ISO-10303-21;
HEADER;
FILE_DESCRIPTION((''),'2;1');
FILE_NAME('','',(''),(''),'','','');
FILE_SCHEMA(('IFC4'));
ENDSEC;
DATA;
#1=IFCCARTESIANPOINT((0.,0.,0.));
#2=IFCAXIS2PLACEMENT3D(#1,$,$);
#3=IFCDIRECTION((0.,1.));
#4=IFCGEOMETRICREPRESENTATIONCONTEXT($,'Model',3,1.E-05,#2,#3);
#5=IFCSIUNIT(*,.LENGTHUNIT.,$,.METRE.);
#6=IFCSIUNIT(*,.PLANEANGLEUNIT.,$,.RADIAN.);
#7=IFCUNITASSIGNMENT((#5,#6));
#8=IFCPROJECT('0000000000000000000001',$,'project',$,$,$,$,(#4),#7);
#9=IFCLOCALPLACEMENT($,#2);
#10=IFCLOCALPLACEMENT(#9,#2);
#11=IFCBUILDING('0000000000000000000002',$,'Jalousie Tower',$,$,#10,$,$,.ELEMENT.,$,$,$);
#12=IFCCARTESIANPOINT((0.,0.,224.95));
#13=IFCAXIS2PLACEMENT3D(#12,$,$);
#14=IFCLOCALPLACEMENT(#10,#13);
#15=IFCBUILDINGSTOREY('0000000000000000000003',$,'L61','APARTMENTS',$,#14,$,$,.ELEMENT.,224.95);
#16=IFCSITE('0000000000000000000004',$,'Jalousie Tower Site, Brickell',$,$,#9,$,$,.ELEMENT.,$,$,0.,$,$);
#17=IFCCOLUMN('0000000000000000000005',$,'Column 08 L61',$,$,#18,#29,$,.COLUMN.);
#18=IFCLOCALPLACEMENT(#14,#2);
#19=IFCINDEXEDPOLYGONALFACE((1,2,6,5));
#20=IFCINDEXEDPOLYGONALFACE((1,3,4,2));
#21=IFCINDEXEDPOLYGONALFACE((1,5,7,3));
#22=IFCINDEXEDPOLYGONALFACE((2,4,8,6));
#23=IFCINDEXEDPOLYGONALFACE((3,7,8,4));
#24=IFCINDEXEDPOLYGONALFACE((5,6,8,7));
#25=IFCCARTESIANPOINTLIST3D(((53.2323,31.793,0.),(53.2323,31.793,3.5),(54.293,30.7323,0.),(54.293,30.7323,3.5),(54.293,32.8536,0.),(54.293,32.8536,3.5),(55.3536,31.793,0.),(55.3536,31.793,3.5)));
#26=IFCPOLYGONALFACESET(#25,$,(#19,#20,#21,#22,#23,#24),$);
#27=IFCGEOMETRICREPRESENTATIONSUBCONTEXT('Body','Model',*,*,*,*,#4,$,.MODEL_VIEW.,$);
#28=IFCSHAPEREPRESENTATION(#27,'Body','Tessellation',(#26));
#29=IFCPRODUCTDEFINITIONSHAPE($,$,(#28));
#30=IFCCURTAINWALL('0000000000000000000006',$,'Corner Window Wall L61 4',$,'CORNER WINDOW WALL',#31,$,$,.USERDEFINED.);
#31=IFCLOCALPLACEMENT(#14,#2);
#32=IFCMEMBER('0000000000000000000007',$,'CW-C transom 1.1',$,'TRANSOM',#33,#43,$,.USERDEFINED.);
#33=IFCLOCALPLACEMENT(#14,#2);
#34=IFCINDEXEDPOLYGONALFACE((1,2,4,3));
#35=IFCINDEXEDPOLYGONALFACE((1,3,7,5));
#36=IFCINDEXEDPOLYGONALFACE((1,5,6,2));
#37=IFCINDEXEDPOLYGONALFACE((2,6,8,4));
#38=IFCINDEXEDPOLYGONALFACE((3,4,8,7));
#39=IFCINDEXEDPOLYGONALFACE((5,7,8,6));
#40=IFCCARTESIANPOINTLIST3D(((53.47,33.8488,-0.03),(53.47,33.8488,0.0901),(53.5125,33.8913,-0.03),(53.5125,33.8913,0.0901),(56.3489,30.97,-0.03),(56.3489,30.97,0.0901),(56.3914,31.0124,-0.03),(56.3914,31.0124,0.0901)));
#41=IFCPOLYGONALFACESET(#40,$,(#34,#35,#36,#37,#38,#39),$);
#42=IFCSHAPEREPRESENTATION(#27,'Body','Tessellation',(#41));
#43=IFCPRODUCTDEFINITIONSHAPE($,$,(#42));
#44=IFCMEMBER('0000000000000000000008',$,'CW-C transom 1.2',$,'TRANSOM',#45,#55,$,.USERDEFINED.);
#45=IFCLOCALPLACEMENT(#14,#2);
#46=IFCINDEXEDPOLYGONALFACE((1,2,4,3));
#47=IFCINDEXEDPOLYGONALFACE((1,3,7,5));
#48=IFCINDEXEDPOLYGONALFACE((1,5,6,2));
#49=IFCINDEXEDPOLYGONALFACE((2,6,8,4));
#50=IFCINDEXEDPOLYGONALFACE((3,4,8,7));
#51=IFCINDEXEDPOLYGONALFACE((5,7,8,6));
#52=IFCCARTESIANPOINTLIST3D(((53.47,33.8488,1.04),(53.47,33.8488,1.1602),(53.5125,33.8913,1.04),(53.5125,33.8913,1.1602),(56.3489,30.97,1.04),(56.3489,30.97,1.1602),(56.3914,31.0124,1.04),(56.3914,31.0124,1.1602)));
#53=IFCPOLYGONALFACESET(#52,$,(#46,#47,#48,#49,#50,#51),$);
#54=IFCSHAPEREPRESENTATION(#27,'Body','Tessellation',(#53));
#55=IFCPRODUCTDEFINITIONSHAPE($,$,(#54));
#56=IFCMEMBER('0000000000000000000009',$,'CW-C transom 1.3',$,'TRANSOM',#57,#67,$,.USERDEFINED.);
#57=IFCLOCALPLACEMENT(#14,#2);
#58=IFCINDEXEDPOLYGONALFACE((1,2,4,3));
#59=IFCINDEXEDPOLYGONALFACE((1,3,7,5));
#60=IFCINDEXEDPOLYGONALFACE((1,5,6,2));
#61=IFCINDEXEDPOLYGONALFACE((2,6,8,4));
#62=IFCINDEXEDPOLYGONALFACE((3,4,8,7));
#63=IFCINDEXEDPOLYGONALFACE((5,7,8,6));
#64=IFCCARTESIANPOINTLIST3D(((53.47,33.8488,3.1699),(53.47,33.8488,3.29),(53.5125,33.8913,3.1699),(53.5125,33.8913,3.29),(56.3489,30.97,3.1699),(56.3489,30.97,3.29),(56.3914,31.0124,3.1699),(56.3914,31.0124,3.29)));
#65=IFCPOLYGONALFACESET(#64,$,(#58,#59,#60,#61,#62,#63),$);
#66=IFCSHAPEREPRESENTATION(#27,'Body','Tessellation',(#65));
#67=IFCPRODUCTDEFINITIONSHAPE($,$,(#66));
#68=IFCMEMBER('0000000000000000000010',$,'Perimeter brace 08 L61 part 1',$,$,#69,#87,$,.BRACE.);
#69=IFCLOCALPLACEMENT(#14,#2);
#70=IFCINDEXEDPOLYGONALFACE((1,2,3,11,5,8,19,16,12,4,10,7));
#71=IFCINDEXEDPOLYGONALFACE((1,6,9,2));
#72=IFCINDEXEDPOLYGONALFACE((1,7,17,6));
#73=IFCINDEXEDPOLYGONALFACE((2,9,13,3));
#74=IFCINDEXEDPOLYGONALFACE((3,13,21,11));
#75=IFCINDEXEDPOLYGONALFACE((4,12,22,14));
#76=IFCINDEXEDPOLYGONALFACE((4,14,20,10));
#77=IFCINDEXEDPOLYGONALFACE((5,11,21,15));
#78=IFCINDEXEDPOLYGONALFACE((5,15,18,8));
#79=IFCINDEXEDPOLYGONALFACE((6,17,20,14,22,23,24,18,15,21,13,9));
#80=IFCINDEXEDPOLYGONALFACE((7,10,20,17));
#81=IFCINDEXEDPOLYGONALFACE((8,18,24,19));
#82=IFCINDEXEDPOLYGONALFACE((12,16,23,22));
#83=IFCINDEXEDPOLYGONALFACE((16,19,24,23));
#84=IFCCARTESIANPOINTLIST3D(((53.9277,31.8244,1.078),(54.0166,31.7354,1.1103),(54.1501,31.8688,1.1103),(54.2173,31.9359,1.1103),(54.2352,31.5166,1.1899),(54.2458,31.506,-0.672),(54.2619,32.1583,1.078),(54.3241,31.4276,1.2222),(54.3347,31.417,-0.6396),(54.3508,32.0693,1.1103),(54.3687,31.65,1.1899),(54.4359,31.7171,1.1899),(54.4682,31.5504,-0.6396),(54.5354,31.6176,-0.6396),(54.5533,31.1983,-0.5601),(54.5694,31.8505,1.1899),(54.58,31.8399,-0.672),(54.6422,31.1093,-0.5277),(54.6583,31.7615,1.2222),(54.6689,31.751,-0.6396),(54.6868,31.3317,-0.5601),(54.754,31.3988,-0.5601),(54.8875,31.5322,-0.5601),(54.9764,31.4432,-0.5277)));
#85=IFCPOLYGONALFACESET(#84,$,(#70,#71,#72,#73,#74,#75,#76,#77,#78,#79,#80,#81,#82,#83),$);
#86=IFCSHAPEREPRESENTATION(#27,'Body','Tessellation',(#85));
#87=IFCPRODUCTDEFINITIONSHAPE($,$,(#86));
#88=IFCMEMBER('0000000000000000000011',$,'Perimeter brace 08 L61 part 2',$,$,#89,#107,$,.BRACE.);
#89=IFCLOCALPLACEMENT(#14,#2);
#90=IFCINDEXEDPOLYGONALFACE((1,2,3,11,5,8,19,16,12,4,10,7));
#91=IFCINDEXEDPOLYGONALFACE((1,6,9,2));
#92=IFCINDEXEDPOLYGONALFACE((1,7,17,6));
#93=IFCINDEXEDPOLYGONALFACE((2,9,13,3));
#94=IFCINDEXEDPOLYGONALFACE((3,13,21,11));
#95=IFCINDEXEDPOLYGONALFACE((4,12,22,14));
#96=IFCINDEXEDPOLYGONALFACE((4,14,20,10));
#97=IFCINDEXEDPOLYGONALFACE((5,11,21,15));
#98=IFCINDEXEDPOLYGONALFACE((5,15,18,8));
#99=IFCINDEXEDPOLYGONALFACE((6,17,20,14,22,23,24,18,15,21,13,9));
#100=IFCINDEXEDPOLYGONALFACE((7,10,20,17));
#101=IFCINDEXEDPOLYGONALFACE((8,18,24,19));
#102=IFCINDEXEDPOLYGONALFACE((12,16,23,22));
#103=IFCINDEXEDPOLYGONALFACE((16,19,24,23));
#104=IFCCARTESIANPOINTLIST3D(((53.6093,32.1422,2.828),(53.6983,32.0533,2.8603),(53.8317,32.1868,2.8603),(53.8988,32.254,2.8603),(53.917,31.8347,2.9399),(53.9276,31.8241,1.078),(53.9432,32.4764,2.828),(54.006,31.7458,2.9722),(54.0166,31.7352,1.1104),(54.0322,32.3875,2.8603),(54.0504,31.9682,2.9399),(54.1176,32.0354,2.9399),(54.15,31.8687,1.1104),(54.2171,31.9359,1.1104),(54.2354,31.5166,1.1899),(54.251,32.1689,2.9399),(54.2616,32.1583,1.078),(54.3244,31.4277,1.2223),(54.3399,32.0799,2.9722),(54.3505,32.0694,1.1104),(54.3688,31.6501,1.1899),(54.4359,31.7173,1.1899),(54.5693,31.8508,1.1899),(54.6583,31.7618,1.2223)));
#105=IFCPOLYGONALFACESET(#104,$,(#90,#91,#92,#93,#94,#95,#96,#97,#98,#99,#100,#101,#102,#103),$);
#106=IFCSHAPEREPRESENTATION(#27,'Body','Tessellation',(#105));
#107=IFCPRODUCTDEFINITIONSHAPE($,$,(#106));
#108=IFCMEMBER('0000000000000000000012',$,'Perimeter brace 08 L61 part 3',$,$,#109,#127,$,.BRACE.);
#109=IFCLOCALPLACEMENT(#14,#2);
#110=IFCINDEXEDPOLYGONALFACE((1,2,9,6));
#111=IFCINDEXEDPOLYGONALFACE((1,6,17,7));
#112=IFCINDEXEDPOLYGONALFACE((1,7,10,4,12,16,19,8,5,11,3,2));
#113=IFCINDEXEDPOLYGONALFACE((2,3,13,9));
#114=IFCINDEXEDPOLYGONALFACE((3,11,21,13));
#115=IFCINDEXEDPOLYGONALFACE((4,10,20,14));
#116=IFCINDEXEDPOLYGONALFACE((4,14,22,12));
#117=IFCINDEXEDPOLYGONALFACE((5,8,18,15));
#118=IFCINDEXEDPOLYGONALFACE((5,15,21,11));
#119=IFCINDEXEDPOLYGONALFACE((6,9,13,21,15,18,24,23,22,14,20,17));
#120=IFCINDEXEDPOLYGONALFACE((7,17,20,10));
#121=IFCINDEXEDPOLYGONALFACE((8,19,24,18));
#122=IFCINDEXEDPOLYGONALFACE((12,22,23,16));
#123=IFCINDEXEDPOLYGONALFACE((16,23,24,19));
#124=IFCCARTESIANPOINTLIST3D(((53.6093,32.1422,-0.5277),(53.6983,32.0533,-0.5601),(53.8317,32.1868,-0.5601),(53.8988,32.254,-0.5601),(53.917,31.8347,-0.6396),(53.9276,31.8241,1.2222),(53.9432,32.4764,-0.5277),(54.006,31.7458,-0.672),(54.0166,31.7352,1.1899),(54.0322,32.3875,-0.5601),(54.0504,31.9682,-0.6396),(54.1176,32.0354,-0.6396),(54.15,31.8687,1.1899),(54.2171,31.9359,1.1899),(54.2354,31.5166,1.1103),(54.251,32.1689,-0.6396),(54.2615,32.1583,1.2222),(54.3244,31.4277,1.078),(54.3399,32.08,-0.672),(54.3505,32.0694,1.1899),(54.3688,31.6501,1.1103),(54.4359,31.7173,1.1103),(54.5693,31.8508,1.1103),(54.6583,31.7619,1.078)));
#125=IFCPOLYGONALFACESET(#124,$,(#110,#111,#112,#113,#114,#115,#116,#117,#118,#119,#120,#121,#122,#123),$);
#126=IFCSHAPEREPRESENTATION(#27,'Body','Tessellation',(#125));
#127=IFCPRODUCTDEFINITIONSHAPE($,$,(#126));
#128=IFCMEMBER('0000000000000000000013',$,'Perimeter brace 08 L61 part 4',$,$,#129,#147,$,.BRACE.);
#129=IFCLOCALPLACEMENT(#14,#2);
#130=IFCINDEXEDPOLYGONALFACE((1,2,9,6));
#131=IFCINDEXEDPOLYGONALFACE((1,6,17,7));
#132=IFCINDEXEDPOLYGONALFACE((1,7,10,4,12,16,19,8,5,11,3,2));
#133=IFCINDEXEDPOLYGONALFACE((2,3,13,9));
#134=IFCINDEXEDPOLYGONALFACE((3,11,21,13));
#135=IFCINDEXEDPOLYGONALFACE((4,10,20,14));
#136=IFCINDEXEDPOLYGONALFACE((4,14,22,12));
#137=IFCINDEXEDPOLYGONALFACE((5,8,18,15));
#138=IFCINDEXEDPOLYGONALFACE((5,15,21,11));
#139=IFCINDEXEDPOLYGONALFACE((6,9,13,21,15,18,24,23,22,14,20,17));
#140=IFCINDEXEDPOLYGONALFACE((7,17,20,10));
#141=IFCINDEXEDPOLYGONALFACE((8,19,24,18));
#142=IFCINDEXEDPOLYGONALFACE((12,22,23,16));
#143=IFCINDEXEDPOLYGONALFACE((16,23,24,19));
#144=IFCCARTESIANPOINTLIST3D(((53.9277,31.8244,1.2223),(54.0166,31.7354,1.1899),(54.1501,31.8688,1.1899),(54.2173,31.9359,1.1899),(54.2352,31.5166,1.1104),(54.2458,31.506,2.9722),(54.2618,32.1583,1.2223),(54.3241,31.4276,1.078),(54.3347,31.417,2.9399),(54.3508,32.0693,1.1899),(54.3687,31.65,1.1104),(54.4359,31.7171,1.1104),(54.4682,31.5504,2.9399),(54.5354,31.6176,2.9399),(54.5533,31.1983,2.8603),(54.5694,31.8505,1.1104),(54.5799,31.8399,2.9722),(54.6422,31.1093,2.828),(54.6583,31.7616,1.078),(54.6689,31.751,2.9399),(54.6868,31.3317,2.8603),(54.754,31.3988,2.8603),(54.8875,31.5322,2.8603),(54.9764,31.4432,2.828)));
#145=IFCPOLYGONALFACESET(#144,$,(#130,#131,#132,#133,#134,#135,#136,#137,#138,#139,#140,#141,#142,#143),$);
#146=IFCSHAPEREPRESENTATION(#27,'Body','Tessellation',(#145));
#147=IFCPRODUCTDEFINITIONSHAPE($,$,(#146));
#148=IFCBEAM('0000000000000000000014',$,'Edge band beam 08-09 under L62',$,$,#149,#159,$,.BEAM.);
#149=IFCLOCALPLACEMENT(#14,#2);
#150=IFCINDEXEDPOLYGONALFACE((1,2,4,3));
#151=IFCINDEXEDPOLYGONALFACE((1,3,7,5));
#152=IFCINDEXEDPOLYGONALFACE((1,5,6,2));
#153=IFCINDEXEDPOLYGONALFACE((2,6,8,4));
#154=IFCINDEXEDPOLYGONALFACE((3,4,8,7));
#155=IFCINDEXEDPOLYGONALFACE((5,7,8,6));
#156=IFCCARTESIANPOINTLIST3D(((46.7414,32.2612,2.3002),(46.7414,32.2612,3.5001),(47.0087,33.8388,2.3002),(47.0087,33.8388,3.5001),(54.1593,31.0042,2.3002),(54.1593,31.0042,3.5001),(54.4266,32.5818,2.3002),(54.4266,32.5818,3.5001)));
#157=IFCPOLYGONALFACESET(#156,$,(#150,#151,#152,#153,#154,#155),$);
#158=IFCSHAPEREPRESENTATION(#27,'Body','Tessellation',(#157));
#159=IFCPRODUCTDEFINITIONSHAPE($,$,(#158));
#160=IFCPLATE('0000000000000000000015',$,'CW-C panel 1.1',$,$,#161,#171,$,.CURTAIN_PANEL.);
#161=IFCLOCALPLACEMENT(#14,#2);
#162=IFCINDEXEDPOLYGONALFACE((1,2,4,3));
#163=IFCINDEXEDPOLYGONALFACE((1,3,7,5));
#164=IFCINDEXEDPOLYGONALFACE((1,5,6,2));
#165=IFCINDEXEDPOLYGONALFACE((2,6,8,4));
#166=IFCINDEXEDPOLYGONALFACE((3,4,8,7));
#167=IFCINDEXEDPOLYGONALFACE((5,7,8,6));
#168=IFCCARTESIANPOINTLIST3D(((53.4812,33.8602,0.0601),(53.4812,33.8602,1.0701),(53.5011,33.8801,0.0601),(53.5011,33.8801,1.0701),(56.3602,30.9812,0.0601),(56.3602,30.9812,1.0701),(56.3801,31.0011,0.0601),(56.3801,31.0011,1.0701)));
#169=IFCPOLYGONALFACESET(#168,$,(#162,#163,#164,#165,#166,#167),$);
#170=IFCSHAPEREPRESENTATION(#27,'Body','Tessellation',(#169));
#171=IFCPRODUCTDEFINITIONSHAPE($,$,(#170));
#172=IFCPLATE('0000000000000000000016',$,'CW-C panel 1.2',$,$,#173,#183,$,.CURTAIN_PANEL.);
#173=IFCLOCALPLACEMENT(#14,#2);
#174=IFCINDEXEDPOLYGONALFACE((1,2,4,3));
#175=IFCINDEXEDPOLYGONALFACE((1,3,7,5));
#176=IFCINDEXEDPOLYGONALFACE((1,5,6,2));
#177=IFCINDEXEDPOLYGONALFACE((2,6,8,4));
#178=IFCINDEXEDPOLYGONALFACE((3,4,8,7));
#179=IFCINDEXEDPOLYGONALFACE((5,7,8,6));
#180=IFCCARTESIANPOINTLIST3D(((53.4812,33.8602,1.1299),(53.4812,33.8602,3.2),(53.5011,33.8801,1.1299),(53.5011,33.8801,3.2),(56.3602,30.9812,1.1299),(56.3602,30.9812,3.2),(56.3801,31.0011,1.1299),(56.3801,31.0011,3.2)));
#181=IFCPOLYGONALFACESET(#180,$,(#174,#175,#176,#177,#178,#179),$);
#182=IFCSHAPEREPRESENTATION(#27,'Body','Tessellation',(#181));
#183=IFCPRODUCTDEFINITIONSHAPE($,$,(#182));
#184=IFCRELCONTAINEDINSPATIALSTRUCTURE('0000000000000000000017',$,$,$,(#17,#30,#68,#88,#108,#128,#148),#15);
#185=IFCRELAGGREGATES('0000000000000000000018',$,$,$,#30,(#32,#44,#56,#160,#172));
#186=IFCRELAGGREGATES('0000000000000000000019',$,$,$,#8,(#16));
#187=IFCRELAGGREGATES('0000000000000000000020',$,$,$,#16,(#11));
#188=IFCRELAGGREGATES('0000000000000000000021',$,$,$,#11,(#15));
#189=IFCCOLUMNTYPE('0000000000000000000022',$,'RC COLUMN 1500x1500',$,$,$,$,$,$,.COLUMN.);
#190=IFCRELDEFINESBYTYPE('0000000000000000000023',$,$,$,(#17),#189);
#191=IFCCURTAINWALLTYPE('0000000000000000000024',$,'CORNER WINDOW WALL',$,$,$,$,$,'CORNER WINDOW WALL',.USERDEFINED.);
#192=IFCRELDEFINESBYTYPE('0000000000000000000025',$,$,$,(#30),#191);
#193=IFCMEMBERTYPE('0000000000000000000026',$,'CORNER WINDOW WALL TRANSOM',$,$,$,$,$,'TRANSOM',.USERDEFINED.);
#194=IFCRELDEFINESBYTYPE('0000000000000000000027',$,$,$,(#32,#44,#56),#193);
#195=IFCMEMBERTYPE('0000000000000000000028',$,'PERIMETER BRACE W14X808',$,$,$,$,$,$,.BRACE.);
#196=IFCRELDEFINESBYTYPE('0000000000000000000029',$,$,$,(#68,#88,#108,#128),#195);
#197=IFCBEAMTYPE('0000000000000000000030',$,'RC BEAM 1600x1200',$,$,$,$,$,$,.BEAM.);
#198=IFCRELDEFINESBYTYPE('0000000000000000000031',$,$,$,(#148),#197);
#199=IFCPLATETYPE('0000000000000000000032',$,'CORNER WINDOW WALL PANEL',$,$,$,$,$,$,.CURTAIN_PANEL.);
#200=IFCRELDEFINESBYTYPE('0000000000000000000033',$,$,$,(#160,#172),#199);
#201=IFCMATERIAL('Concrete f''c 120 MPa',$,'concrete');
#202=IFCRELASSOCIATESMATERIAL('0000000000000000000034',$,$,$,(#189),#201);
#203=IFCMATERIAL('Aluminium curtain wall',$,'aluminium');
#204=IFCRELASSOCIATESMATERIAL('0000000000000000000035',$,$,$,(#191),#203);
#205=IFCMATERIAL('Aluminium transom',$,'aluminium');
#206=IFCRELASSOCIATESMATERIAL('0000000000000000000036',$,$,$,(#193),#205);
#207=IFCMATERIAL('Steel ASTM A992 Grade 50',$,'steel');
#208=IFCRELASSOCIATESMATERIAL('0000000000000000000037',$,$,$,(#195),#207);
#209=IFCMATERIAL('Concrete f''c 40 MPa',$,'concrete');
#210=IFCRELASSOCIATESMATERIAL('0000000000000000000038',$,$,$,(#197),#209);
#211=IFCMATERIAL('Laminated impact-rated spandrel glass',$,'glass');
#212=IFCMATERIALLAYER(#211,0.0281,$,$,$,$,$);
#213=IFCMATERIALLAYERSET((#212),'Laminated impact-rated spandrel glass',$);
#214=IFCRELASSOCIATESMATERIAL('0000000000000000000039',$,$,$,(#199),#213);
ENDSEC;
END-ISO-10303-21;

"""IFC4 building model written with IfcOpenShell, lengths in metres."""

from ifc_helpers import new_model, si_unit, direction, frame, origin, origin_2d, place, context, subcontext, project, spatial, rectangle, i_section, extrude, material, layer, layer_set, material_profile, profile_set, type_object, element, aggregate, save


model = new_model("IFC4")

# Units and contexts
model_context = context("Model", 3, precision=1e-05, world=origin(), true_north=direction((0.0, 1.0)))
body_context = subcontext(model_context, "Body", "Model", "MODEL_VIEW")
ifc_project = project(units=[si_unit("LENGTHUNIT", "METRE"), si_unit("PLANEANGLEUNIT", "RADIAN")], contexts=[model_context])

# Site, building, storey
site_placement = place(None, origin())
site = spatial("IfcSite", under=ifc_project, at=site_placement, Name="Jalousie Tower Site, Brickell", CompositionType="ELEMENT", RefElevation=0.0)
building_placement = place(site_placement, origin())
building = spatial("IfcBuilding", under=site, at=building_placement, Name="Jalousie Tower", CompositionType="ELEMENT")
storey_placement = place(building_placement, frame((0.0, 0.0, 224.95)))
storey = spatial("IfcBuildingStorey", under=building, at=storey_placement, Name="L61", Description="APARTMENTS", CompositionType="ELEMENT", Elevation=224.95)

# Column
ifc_material_1 = material(Name="Concrete f'c 120 MPa", Category="concrete")
ifc_material_profile_1 = material_profile(ifc_material_1, rectangle(XDim=1.5, YDim=1.5, at=origin_2d()), Name="RC 1500x1500")
ifc_profile_set_1 = profile_set([ifc_material_profile_1], Name="Concrete f'c 120 MPa")
column_type = type_object("IfcColumnType", Name="RC COLUMN 1500x1500", PredefinedType="COLUMN", material=ifc_profile_set_1)
column_placement = place(storey_placement, frame((54.293, 31.793, 0.0), z_axis=(0.0, 0.0, 1.0), x_axis=(0.707107, 0.707107, 0.0)))
element("IfcColumn", 1, at=column_placement, inside=storey, type_object=column_type, Name="Column 08 L61", PredefinedType="COLUMN", context=body_context, shape_type="SweptSolid", body=[
    extrude(rectangle(XDim=1.5, YDim=1.5, at=origin_2d()), origin(), (0.0, 0.0, 1.0), 3.5),
])

# Curtain wall, members
ifc_material_2 = material(Name="Aluminium curtain wall", Category="aluminium")
curtain_wall_type = type_object("IfcCurtainWallType", Name="CORNER WINDOW WALL", ElementType="CORNER WINDOW WALL", PredefinedType="USERDEFINED", material=ifc_material_2)
curtain_wall_placement = place(storey_placement, origin())
curtain_wall = element("IfcCurtainWall", 2, at=curtain_wall_placement, inside=storey, type_object=curtain_wall_type, Name="Corner Window Wall L61 4", ObjectType="CORNER WINDOW WALL", PredefinedType="USERDEFINED")
ifc_material_3 = material(Name="Aluminium transom", Category="aluminium")
ifc_material_profile_2 = material_profile(ifc_material_3, rectangle(XDim=0.0601, YDim=0.1201, at=origin_2d()), Name="TRANSOM 60x120")
ifc_profile_set_2 = profile_set([ifc_material_profile_2], Name="Aluminium transom")
member_type_1 = type_object("IfcMemberType", Name="CORNER WINDOW WALL TRANSOM", ElementType="TRANSOM", PredefinedType="USERDEFINED", material=ifc_profile_set_2)
member_1_placement = place(storey_placement, frame((56.3701, 30.9912, 0.03), z_axis=(-0.707107, 0.707107, 0.0), x_axis=(-0.707107, -0.707107, 0.0)))
member_1 = element("IfcMember", 3, at=member_1_placement, type_object=member_type_1, Name="CW-C transom 1.1", ObjectType="TRANSOM", PredefinedType="USERDEFINED", context=body_context, shape_type="SweptSolid", body=[
    extrude(rectangle(XDim=0.0601, YDim=0.1201, at=origin_2d()), origin(), (0.0, 0.0, 1.0), 4.0713),
])
member_2_placement = place(storey_placement, frame((56.3701, 30.9912, 1.1001), z_axis=(-0.707107, 0.707107, 0.0), x_axis=(-0.707107, -0.707107, 0.0)))
member_2 = element("IfcMember", 4, at=member_2_placement, type_object=member_type_1, Name="CW-C transom 1.2", ObjectType="TRANSOM", PredefinedType="USERDEFINED", context=body_context, shape_type="SweptSolid", body=[
    extrude(rectangle(XDim=0.0601, YDim=0.1201, at=origin_2d()), origin(), (0.0, 0.0, 1.0), 4.0713),
])
member_3_placement = place(storey_placement, frame((56.3701, 30.9912, 3.23), z_axis=(-0.707107, 0.707107, 0.0), x_axis=(-0.707107, -0.707107, 0.0)))
member_3 = element("IfcMember", 5, at=member_3_placement, type_object=member_type_1, Name="CW-C transom 1.3", ObjectType="TRANSOM", PredefinedType="USERDEFINED", context=body_context, shape_type="SweptSolid", body=[
    extrude(rectangle(XDim=0.0601, YDim=0.1201, at=origin_2d()), origin(), (0.0, 0.0, 1.0), 4.0713),
])

# Members
ifc_material_4 = material(Name="Steel ASTM A992 Grade 50", Category="steel")
ifc_material_profile_3 = material_profile(ifc_material_4, i_section(OverallWidth=0.4724, OverallDepth=0.5791, WebThickness=0.095, FlangeThickness=0.1299, at=origin_2d()), Name="W14X808")
ifc_profile_set_3 = profile_set([ifc_material_profile_3], Name="Steel ASTM A992 Grade 50")
member_type_2 = type_object("IfcMemberType", Name="PERIMETER BRACE W14X808", PredefinedType="BRACE", material=ifc_profile_set_3)
for number, where, z_axis, x_axis, name in (
    (6, (54.6111, 31.4746, -0.5999), (-0.176051, 0.176187, 0.968486), (-0.707378, -0.706835, 0.0), "Perimeter brace 08 L61 part 1"),
    (7, (54.293, 31.793, 1.1501), (-0.176187, 0.176051, 0.968486), (-0.706835, -0.707378, 0.0), "Perimeter brace 08 L61 part 2"),
    (8, (53.9746, 32.1111, -0.5999), (0.176187, -0.176051, 0.968486), (0.706835, 0.707378, 0.0), "Perimeter brace 08 L61 part 3"),
    (9, (54.293, 31.793, 1.1501), (0.176051, -0.176187, 0.968486), (0.707378, 0.706835, 0.0), "Perimeter brace 08 L61 part 4"),
):
    element("IfcMember", number, at=place(storey_placement, frame(where, z_axis=z_axis, x_axis=x_axis)), inside=storey, type_object=member_type_2, Name=name, PredefinedType="BRACE", context=body_context, shape_type="SweptSolid", body=[
        extrude(i_section(OverallWidth=0.4724, OverallDepth=0.5791, WebThickness=0.095, FlangeThickness=0.1299, at=origin_2d()), origin(), (0.0, 0.0, 1.0), 1.8069),
    ])

# Beam
ifc_material_5 = material(Name="Concrete f'c 40 MPa", Category="concrete")
ifc_material_profile_4 = material_profile(ifc_material_5, rectangle(XDim=1.6001, YDim=1.2, at=origin_2d()), Name="RC 1600x1200")
ifc_profile_set_4 = profile_set([ifc_material_profile_4], Name="Concrete f'c 40 MPa")
beam_type = type_object("IfcBeamType", Name="RC BEAM 1600x1200", PredefinedType="BEAM", material=ifc_profile_set_4)
beam_placement = place(storey_placement, frame((54.293, 31.793, 2.9001), z_axis=(-0.985943, 0.167082, 0.0), x_axis=(-0.167082, -0.985943, 0.0)))
element("IfcBeam", 10, at=beam_placement, inside=storey, type_object=beam_type, Name="Edge band beam 08-09 under L62", PredefinedType="BEAM", context=body_context, shape_type="SweptSolid", body=[
    extrude(rectangle(XDim=1.6001, YDim=1.2, at=origin_2d()), origin(), (0.0, 0.0, 1.0), 7.5237),
])

# Plates
ifc_material_6 = material(Name="Laminated impact-rated spandrel glass", Category="glass")
ifc_layer = layer(ifc_material_6, 0.0281)
ifc_layer_set = layer_set([ifc_layer], Name="Laminated impact-rated spandrel glass")
plate_type = type_object("IfcPlateType", Name="CORNER WINDOW WALL PANEL", PredefinedType="CURTAIN_PANEL", material=ifc_layer_set)
plate_1_placement = place(storey_placement, frame((54.9307, 32.4307, 0.0601), z_axis=(0.0, 0.0, 1.0), x_axis=(-0.707107, 0.707107, 0.0)))
plate_1 = element("IfcPlate", 11, at=plate_1_placement, type_object=plate_type, Name="CW-C panel 1.1", PredefinedType="CURTAIN_PANEL", context=body_context, shape_type="SweptSolid", body=[
    extrude(rectangle(XDim=4.0715, YDim=0.0281, at=origin_2d()), origin(), (0.0, 0.0, 1.0), 1.01),
])
plate_2_placement = place(storey_placement, frame((54.9307, 32.4307, 1.1299), z_axis=(0.0, 0.0, 1.0), x_axis=(-0.707107, 0.707107, 0.0)))
plate_2 = element("IfcPlate", 12, at=plate_2_placement, type_object=plate_type, Name="CW-C panel 1.2", PredefinedType="CURTAIN_PANEL", context=body_context, shape_type="SweptSolid", body=[
    extrude(rectangle(XDim=4.0715, YDim=0.0281, at=origin_2d()), origin(), (0.0, 0.0, 1.0), 2.0701),
])
aggregate(curtain_wall, [member_1, member_2, member_3, plate_1, plate_2])

save(model, "model.ifc")
